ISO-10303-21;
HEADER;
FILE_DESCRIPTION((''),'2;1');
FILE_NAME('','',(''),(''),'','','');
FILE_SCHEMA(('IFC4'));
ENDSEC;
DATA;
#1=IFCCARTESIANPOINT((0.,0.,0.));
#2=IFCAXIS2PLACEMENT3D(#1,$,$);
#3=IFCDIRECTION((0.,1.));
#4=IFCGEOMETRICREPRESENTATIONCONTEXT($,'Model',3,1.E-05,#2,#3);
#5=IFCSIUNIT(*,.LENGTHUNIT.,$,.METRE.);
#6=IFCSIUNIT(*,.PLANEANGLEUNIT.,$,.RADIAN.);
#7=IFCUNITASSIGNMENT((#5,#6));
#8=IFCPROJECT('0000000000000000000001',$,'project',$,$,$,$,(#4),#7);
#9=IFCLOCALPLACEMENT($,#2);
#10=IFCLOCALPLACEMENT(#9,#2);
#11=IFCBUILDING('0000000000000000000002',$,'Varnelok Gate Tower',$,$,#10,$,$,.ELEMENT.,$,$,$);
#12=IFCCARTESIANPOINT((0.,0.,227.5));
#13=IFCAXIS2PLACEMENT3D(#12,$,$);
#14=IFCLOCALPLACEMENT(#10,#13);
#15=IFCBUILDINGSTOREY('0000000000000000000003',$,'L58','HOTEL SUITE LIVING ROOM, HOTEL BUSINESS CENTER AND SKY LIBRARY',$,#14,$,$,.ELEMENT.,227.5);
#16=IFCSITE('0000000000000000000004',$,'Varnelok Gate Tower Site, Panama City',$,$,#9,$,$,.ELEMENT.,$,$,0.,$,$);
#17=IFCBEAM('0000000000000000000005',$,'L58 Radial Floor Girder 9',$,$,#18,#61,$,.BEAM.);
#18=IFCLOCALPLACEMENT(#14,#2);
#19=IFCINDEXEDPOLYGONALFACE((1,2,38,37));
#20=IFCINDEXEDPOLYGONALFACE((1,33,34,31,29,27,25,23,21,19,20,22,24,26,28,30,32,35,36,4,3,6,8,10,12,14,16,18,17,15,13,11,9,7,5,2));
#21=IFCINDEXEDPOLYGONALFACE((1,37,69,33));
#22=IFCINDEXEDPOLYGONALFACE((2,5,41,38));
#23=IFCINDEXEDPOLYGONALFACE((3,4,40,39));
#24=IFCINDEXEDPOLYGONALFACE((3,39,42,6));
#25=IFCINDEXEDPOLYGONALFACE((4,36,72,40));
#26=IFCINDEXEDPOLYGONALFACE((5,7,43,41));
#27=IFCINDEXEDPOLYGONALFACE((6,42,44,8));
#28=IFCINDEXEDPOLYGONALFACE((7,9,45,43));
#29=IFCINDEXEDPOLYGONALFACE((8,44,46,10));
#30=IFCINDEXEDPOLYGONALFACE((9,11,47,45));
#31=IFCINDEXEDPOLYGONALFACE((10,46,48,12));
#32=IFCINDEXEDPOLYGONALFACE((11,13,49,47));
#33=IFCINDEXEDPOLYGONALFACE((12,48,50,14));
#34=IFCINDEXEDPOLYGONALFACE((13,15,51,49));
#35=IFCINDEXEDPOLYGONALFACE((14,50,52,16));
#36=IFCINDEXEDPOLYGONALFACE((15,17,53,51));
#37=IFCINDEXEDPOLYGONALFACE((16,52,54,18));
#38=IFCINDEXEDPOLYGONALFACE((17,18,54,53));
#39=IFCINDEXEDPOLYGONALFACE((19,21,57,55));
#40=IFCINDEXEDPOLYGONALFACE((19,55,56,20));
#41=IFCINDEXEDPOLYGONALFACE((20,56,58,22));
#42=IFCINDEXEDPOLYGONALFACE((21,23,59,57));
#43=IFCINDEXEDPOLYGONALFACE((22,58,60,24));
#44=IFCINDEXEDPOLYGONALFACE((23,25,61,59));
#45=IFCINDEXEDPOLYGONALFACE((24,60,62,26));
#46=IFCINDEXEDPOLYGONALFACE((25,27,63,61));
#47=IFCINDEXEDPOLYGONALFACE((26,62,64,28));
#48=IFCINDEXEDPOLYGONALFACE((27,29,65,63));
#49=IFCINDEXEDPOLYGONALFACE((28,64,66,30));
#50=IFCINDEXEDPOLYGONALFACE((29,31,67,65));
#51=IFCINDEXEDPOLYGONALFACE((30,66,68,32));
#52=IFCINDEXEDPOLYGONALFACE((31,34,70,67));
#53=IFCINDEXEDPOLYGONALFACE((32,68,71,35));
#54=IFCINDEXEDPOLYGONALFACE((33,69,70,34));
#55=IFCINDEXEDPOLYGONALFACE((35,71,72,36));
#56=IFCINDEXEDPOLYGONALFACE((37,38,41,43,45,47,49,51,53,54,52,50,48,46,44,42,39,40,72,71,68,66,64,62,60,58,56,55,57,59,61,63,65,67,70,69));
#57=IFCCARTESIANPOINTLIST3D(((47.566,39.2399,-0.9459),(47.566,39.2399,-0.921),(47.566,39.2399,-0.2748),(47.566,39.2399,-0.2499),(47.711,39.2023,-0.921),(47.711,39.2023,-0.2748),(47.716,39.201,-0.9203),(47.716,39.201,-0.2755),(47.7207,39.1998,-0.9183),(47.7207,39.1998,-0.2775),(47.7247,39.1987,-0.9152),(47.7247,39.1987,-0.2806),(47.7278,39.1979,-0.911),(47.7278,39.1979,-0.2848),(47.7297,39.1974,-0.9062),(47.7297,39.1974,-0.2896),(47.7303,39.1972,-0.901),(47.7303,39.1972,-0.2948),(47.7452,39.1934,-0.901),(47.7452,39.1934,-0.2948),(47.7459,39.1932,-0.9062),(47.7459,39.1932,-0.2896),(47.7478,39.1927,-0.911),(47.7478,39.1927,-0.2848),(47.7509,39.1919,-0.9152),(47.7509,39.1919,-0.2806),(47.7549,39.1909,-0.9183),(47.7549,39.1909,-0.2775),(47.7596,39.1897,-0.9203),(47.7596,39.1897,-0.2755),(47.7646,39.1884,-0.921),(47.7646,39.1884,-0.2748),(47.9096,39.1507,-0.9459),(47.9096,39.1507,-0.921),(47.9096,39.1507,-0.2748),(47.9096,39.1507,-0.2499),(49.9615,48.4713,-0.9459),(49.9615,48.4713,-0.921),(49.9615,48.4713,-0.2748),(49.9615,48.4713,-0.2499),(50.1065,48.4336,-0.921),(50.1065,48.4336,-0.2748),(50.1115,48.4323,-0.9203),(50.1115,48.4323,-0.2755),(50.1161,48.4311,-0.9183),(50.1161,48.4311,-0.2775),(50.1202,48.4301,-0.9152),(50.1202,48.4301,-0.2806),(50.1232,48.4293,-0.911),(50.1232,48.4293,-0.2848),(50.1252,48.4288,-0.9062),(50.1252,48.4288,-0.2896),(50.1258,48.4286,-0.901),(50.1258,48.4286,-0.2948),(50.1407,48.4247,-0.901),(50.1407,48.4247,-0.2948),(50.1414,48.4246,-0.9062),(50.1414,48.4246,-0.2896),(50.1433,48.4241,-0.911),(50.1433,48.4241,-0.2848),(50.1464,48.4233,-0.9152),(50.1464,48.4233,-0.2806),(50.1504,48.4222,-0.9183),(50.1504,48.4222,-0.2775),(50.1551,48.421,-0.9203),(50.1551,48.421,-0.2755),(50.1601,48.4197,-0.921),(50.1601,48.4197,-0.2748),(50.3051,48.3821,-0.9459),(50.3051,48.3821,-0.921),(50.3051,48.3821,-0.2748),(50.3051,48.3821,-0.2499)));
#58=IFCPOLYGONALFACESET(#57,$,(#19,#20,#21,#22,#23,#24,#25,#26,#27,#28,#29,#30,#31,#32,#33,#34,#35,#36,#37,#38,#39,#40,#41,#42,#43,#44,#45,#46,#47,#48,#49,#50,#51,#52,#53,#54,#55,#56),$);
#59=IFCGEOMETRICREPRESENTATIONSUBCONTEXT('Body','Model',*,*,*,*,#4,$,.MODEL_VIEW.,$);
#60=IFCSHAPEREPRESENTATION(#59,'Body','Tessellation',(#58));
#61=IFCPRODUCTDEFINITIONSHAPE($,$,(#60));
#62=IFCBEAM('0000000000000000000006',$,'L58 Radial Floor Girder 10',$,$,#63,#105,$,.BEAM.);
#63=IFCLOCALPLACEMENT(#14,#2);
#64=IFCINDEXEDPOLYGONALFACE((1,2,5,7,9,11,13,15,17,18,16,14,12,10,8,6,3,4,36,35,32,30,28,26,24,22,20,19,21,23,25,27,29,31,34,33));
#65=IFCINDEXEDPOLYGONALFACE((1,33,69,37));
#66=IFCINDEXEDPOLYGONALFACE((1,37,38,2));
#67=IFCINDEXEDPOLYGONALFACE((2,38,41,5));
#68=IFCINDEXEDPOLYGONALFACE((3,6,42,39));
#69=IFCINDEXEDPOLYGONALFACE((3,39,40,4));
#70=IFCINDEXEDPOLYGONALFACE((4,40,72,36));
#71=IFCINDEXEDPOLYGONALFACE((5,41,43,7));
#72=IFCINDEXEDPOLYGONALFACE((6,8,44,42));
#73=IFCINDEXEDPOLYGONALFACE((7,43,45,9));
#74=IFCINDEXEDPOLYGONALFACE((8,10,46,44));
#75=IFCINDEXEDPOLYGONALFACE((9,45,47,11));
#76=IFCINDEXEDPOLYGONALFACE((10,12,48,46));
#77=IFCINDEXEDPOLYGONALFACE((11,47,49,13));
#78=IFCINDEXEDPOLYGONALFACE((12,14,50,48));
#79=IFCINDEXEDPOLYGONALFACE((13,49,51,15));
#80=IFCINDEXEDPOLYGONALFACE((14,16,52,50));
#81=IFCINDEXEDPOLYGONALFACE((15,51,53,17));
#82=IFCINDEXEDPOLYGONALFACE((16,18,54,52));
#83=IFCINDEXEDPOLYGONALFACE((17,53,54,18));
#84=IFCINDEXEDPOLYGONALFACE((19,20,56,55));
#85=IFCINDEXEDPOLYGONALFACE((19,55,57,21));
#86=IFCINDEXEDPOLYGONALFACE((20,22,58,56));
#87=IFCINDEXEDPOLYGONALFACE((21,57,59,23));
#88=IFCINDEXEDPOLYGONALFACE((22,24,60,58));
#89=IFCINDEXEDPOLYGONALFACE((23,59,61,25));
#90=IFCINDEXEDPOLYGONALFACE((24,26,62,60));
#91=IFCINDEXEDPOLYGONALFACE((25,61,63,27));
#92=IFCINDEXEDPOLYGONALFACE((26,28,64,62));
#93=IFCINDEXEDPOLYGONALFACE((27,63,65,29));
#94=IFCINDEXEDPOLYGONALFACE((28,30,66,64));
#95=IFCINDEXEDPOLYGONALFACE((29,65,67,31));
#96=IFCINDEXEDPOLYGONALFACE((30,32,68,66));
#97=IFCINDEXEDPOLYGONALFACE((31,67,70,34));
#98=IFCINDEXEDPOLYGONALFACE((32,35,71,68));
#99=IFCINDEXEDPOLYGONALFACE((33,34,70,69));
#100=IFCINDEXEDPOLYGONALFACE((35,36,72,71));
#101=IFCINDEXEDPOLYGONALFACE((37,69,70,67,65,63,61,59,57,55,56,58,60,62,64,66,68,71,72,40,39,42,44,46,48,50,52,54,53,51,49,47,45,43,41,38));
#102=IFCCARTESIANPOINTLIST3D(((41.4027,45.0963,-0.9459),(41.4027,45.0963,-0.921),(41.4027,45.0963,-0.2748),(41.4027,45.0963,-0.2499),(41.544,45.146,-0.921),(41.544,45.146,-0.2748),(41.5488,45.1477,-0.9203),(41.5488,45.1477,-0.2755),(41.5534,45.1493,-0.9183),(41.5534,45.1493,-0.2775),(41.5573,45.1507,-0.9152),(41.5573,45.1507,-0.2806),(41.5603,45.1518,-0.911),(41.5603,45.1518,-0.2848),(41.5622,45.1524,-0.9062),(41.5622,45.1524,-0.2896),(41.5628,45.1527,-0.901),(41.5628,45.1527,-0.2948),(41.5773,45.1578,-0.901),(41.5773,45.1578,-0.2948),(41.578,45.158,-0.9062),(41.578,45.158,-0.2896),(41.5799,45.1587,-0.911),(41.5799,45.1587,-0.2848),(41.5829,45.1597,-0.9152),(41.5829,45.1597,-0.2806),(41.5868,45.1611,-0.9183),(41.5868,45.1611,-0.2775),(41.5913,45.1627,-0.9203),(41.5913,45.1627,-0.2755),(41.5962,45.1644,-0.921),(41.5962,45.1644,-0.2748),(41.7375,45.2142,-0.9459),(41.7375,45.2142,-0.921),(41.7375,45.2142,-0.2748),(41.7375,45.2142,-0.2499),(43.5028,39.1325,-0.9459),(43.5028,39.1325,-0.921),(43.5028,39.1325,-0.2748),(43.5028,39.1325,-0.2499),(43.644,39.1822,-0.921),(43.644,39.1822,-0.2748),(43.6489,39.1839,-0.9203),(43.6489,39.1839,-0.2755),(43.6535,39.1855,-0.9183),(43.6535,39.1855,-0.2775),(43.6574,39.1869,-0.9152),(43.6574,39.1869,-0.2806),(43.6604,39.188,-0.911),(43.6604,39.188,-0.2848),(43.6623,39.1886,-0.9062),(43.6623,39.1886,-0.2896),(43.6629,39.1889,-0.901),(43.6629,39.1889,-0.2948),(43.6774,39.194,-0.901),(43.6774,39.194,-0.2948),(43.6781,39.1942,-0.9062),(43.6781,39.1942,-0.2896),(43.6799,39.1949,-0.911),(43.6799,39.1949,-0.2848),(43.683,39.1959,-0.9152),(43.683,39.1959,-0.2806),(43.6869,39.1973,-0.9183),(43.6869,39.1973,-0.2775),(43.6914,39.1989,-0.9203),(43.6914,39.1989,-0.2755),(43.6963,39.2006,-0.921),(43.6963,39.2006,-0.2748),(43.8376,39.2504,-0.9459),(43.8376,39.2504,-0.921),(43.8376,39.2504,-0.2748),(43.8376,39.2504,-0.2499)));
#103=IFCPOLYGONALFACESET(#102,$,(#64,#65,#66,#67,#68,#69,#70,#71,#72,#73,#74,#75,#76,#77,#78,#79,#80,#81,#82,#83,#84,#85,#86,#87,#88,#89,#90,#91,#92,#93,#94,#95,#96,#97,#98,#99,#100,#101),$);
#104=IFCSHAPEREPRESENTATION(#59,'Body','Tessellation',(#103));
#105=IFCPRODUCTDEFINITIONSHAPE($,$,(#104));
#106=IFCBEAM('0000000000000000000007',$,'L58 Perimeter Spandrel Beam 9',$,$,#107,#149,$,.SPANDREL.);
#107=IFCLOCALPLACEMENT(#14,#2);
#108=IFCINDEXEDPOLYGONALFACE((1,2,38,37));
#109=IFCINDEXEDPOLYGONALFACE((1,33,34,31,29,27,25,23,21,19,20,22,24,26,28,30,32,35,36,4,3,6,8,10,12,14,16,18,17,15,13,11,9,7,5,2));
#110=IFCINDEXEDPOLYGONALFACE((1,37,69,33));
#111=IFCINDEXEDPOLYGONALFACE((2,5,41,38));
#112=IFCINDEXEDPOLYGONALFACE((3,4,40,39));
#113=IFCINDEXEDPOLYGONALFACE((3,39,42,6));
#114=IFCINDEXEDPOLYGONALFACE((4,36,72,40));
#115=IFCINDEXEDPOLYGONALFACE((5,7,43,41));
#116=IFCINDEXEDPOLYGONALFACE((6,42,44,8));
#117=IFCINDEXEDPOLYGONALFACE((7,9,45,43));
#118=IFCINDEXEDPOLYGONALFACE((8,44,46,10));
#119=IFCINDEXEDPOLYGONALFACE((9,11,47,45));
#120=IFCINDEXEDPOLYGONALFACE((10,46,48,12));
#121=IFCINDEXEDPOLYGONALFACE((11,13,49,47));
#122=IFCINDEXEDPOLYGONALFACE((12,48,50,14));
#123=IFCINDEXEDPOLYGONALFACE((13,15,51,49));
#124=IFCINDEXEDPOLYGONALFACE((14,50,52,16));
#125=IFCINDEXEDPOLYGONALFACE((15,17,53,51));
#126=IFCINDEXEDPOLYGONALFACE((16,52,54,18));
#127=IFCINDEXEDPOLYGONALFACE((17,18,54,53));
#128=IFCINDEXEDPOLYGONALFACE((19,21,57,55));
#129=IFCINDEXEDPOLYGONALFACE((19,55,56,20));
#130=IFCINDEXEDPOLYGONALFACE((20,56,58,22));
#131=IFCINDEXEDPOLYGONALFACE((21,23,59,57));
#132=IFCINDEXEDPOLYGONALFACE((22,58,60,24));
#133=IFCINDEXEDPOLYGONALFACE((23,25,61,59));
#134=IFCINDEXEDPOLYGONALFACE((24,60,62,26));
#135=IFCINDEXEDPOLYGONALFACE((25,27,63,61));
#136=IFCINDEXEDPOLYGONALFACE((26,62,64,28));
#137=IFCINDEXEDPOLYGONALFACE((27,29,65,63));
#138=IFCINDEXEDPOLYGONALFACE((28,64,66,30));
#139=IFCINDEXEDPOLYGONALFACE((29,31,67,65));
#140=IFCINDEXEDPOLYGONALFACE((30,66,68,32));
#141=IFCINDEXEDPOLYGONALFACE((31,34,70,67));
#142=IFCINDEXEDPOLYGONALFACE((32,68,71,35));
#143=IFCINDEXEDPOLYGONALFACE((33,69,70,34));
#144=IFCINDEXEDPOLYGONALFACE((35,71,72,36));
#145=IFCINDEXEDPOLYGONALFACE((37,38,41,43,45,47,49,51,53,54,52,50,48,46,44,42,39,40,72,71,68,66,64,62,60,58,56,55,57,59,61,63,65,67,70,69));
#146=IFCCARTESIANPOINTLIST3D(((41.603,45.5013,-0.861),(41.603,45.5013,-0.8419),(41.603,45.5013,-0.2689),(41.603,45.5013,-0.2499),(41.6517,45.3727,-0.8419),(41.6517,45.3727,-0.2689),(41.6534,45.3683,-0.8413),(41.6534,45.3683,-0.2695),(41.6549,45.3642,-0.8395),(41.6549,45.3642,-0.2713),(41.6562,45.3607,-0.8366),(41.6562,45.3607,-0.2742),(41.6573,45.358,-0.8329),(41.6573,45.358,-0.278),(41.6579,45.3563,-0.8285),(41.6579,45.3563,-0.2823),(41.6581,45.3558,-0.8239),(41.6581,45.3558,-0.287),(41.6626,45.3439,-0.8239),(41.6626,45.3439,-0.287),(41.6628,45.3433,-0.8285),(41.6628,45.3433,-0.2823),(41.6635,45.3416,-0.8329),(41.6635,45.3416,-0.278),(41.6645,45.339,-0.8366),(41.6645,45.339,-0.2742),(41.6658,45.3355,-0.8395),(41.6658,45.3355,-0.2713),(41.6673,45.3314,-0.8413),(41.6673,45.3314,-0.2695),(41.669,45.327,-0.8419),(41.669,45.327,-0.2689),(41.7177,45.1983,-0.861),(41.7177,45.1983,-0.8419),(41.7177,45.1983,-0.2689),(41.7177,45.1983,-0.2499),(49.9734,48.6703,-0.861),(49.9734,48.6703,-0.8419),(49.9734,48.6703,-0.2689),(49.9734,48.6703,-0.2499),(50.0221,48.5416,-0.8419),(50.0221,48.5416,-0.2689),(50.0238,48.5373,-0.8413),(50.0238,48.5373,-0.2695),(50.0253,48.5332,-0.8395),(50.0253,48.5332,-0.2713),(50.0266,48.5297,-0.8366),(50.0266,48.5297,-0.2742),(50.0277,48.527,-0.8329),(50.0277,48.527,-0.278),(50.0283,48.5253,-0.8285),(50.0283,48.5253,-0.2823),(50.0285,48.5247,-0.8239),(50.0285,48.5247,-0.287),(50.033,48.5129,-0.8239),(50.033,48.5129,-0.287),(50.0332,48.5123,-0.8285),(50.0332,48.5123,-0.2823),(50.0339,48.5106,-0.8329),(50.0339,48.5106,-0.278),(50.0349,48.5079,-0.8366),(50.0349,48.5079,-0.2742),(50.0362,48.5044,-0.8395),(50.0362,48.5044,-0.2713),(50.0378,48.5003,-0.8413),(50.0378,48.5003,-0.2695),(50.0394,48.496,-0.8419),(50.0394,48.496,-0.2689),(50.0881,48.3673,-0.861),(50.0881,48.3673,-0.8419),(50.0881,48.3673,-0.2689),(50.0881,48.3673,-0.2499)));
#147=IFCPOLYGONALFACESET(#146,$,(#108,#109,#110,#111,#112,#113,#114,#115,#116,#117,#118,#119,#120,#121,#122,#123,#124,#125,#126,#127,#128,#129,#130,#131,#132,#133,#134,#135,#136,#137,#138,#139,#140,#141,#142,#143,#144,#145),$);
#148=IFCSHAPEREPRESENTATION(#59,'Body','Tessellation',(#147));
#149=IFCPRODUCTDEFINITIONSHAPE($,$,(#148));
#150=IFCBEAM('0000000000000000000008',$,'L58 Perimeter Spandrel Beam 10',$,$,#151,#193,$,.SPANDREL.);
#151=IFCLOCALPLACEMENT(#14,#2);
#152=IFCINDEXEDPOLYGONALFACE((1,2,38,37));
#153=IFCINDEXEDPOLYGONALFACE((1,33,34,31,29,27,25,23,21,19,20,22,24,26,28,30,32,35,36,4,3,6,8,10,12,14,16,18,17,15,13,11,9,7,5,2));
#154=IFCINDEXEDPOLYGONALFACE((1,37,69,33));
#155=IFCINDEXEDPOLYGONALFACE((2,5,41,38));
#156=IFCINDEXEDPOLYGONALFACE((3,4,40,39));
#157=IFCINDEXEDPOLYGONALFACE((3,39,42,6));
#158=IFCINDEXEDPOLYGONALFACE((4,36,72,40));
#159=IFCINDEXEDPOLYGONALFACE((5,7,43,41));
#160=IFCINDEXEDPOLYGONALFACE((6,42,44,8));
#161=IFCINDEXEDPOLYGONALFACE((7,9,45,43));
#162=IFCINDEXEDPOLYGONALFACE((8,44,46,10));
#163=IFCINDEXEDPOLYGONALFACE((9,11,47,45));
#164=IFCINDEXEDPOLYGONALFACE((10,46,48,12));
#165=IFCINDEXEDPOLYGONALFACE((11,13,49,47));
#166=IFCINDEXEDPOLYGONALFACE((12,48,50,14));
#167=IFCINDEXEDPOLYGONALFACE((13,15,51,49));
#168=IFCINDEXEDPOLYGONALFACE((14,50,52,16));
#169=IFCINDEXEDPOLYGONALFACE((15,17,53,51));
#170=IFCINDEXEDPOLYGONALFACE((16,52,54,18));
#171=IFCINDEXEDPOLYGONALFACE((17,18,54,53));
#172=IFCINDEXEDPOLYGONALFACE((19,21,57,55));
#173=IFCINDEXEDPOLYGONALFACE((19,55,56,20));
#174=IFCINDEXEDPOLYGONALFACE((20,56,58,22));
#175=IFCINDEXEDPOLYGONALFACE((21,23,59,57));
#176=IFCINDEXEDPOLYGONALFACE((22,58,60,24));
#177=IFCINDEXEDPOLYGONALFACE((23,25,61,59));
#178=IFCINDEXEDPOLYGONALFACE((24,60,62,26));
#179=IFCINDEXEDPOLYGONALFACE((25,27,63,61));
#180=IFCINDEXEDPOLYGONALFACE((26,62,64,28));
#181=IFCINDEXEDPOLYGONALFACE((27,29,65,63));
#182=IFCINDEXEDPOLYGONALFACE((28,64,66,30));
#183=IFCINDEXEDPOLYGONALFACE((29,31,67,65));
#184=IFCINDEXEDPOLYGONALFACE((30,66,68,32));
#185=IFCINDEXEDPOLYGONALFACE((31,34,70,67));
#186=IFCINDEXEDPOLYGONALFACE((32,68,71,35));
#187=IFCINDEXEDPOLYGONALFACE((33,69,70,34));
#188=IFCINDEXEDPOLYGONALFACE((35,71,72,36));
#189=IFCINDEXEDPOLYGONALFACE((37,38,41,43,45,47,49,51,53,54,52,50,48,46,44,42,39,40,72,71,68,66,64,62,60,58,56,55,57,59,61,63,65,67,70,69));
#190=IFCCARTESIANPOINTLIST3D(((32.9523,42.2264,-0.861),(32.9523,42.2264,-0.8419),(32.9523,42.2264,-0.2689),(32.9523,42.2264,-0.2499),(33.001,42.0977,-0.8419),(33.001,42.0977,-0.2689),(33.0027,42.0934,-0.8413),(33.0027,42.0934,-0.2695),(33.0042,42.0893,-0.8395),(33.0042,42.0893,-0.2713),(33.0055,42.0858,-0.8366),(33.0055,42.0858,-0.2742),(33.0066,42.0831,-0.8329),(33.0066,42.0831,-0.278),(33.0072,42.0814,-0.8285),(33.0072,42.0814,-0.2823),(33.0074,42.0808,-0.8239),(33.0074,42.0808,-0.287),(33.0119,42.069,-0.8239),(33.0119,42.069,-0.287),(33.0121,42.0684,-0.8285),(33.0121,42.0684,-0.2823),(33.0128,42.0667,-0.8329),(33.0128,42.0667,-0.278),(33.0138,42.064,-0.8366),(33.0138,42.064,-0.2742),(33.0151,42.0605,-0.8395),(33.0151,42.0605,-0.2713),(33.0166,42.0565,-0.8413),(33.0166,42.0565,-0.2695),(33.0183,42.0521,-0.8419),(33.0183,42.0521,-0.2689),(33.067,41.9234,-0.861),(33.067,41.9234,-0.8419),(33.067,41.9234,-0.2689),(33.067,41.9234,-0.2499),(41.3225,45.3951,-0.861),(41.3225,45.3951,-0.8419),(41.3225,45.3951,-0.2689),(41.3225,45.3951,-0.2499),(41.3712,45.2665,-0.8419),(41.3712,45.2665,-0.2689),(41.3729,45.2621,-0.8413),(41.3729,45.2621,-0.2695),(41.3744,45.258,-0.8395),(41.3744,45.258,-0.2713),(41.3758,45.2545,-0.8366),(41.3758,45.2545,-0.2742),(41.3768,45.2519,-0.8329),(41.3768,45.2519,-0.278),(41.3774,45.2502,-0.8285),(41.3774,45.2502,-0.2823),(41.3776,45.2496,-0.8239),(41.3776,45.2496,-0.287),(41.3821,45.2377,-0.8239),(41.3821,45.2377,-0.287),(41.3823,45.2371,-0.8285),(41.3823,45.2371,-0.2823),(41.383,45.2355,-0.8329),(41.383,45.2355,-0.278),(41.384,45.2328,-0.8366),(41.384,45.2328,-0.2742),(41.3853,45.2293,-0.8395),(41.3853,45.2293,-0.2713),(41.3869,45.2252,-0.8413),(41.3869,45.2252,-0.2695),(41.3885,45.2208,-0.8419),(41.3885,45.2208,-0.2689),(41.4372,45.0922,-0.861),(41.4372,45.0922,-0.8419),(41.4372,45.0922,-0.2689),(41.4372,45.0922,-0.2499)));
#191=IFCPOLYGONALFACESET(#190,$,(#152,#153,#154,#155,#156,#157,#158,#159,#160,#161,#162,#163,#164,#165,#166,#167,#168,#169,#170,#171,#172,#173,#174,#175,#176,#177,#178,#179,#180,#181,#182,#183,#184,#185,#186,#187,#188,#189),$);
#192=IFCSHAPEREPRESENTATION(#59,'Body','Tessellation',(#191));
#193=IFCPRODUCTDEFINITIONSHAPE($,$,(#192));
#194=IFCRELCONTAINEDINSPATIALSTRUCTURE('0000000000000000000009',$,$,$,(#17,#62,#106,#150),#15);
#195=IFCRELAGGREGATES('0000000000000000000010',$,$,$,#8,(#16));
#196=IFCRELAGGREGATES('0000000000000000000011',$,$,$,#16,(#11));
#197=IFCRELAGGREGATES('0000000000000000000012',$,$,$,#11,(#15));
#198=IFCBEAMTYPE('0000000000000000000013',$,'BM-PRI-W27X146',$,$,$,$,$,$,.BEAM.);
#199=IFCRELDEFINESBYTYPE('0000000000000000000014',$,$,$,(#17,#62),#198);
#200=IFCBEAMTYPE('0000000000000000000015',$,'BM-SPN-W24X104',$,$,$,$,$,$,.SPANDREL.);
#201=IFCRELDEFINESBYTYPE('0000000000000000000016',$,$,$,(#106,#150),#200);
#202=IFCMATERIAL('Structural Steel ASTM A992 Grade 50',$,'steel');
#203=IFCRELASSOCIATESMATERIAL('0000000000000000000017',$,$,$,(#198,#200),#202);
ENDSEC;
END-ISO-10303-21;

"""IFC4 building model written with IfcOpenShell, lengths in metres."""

from ifc_helpers import new_model, si_unit, direction, frame, origin, origin_2d, place, context, subcontext, project, spatial, i_section, extrude, material, material_profile, profile_set, type_object, element, save


model = new_model("IFC4")

# Units and contexts
model_context = context("Model", 3, precision=1e-05, world=origin(), true_north=direction((0.0, 1.0)))
body_context = subcontext(model_context, "Body", "Model", "MODEL_VIEW")
ifc_project = project(units=[si_unit("LENGTHUNIT", "METRE"), si_unit("PLANEANGLEUNIT", "RADIAN")], contexts=[model_context])

# Site, building, storey
site_placement = place(None, origin())
site = spatial("IfcSite", under=ifc_project, at=site_placement, Name="Varnelok Gate Tower Site, Panama City", CompositionType="ELEMENT", RefElevation=0.0)
building_placement = place(site_placement, origin())
building = spatial("IfcBuilding", under=site, at=building_placement, Name="Varnelok Gate Tower", CompositionType="ELEMENT")
storey_placement = place(building_placement, frame((0.0, 0.0, 227.5)))
storey = spatial("IfcBuildingStorey", under=building, at=storey_placement, Name="L58", Description="HOTEL SUITE LIVING ROOM, HOTEL BUSINESS CENTER AND SKY LIBRARY", CompositionType="ELEMENT", Elevation=227.5)

# Shared definitions
ifc_material_1 = material(Name="Structural Steel ASTM A992 Grade 50", Category="steel")

# Beams
ifc_material_profile_1 = material_profile(ifc_material_1, i_section(OverallWidth=0.355, OverallDepth=0.696, WebThickness=0.0154, FlangeThickness=0.0249, FilletRadius=0.02, at=origin_2d()), Name="W27X146")
ifc_profile_set_1 = profile_set([ifc_material_profile_1], Name="Structural Steel ASTM A992 Grade 50")
beam_type_1 = type_object("IfcBeamType", Name="BM-PRI-W27X146", PredefinedType="BEAM", material=ifc_profile_set_1)
beam_1_placement = place(storey_placement, frame((47.7378, 39.1953, -0.5979), z_axis=(0.251175, 0.967942, 0.0), x_axis=(-0.967942, 0.251175, 0.0)))
element("IfcBeam", 1, at=beam_1_placement, inside=storey, type_object=beam_type_1, Name="L58 Radial Floor Girder 9", PredefinedType="BEAM", context=body_context, shape_type="SweptSolid", body=[
    extrude(i_section(OverallWidth=0.355, OverallDepth=0.696, WebThickness=0.0154, FlangeThickness=0.0249, FilletRadius=0.02, at=origin_2d()), origin(), (0.0, 0.0, 1.0), 9.5371),
])
beam_2_placement = place(storey_placement, frame((43.6702, 39.1914, -0.5979), z_axis=(-0.332145, 0.943228, 0.0), x_axis=(-0.943228, -0.332145, 0.0)))
element("IfcBeam", 2, at=beam_2_placement, inside=storey, type_object=beam_type_1, Name="L58 Radial Floor Girder 10", PredefinedType="BEAM", context=body_context, shape_type="SweptSolid", body=[
    extrude(i_section(OverallWidth=0.355, OverallDepth=0.696, WebThickness=0.0154, FlangeThickness=0.0249, FilletRadius=0.02, at=origin_2d()), origin(), (0.0, 0.0, 1.0), 6.3228),
])
ifc_material_profile_2 = material_profile(ifc_material_1, i_section(OverallWidth=0.324, OverallDepth=0.6111, WebThickness=0.0127, FlangeThickness=0.019, FilletRadius=0.0181, at=origin_2d()), Name="W24X104")
ifc_profile_set_2 = profile_set([ifc_material_profile_2], Name="Structural Steel ASTM A992 Grade 50")
beam_type_2 = type_object("IfcBeamType", Name="BM-SPN-W24X104", PredefinedType="SPANDREL", material=ifc_profile_set_2)
beam_3_placement = place(storey_placement, frame((50.0308, 48.5188, -0.5554), z_axis=(-0.93522, -0.354066, 0.0), x_axis=(0.354066, -0.93522, 0.0)))
element("IfcBeam", 3, at=beam_3_placement, inside=storey, type_object=beam_type_2, Name="L58 Perimeter Spandrel Beam 9", PredefinedType="SPANDREL", context=body_context, shape_type="SweptSolid", body=[
    extrude(i_section(OverallWidth=0.324, OverallDepth=0.6111, WebThickness=0.0127, FlangeThickness=0.019, FilletRadius=0.0181, at=origin_2d()), origin(), (0.0, 0.0, 1.0), 8.9502),
])
beam_4_placement = place(storey_placement, frame((41.3799, 45.2437, -0.5554), z_axis=(-0.935226, -0.354051, 0.0), x_axis=(0.354051, -0.935226, 0.0)))
element("IfcBeam", 4, at=beam_4_placement, inside=storey, type_object=beam_type_2, Name="L58 Perimeter Spandrel Beam 10", PredefinedType="SPANDREL", context=body_context, shape_type="SweptSolid", body=[
    extrude(i_section(OverallWidth=0.324, OverallDepth=0.6111, WebThickness=0.0127, FlangeThickness=0.019, FilletRadius=0.0181, at=origin_2d()), origin(), (0.0, 0.0, 1.0), 8.95),
])

save(model, "model.ifc")
